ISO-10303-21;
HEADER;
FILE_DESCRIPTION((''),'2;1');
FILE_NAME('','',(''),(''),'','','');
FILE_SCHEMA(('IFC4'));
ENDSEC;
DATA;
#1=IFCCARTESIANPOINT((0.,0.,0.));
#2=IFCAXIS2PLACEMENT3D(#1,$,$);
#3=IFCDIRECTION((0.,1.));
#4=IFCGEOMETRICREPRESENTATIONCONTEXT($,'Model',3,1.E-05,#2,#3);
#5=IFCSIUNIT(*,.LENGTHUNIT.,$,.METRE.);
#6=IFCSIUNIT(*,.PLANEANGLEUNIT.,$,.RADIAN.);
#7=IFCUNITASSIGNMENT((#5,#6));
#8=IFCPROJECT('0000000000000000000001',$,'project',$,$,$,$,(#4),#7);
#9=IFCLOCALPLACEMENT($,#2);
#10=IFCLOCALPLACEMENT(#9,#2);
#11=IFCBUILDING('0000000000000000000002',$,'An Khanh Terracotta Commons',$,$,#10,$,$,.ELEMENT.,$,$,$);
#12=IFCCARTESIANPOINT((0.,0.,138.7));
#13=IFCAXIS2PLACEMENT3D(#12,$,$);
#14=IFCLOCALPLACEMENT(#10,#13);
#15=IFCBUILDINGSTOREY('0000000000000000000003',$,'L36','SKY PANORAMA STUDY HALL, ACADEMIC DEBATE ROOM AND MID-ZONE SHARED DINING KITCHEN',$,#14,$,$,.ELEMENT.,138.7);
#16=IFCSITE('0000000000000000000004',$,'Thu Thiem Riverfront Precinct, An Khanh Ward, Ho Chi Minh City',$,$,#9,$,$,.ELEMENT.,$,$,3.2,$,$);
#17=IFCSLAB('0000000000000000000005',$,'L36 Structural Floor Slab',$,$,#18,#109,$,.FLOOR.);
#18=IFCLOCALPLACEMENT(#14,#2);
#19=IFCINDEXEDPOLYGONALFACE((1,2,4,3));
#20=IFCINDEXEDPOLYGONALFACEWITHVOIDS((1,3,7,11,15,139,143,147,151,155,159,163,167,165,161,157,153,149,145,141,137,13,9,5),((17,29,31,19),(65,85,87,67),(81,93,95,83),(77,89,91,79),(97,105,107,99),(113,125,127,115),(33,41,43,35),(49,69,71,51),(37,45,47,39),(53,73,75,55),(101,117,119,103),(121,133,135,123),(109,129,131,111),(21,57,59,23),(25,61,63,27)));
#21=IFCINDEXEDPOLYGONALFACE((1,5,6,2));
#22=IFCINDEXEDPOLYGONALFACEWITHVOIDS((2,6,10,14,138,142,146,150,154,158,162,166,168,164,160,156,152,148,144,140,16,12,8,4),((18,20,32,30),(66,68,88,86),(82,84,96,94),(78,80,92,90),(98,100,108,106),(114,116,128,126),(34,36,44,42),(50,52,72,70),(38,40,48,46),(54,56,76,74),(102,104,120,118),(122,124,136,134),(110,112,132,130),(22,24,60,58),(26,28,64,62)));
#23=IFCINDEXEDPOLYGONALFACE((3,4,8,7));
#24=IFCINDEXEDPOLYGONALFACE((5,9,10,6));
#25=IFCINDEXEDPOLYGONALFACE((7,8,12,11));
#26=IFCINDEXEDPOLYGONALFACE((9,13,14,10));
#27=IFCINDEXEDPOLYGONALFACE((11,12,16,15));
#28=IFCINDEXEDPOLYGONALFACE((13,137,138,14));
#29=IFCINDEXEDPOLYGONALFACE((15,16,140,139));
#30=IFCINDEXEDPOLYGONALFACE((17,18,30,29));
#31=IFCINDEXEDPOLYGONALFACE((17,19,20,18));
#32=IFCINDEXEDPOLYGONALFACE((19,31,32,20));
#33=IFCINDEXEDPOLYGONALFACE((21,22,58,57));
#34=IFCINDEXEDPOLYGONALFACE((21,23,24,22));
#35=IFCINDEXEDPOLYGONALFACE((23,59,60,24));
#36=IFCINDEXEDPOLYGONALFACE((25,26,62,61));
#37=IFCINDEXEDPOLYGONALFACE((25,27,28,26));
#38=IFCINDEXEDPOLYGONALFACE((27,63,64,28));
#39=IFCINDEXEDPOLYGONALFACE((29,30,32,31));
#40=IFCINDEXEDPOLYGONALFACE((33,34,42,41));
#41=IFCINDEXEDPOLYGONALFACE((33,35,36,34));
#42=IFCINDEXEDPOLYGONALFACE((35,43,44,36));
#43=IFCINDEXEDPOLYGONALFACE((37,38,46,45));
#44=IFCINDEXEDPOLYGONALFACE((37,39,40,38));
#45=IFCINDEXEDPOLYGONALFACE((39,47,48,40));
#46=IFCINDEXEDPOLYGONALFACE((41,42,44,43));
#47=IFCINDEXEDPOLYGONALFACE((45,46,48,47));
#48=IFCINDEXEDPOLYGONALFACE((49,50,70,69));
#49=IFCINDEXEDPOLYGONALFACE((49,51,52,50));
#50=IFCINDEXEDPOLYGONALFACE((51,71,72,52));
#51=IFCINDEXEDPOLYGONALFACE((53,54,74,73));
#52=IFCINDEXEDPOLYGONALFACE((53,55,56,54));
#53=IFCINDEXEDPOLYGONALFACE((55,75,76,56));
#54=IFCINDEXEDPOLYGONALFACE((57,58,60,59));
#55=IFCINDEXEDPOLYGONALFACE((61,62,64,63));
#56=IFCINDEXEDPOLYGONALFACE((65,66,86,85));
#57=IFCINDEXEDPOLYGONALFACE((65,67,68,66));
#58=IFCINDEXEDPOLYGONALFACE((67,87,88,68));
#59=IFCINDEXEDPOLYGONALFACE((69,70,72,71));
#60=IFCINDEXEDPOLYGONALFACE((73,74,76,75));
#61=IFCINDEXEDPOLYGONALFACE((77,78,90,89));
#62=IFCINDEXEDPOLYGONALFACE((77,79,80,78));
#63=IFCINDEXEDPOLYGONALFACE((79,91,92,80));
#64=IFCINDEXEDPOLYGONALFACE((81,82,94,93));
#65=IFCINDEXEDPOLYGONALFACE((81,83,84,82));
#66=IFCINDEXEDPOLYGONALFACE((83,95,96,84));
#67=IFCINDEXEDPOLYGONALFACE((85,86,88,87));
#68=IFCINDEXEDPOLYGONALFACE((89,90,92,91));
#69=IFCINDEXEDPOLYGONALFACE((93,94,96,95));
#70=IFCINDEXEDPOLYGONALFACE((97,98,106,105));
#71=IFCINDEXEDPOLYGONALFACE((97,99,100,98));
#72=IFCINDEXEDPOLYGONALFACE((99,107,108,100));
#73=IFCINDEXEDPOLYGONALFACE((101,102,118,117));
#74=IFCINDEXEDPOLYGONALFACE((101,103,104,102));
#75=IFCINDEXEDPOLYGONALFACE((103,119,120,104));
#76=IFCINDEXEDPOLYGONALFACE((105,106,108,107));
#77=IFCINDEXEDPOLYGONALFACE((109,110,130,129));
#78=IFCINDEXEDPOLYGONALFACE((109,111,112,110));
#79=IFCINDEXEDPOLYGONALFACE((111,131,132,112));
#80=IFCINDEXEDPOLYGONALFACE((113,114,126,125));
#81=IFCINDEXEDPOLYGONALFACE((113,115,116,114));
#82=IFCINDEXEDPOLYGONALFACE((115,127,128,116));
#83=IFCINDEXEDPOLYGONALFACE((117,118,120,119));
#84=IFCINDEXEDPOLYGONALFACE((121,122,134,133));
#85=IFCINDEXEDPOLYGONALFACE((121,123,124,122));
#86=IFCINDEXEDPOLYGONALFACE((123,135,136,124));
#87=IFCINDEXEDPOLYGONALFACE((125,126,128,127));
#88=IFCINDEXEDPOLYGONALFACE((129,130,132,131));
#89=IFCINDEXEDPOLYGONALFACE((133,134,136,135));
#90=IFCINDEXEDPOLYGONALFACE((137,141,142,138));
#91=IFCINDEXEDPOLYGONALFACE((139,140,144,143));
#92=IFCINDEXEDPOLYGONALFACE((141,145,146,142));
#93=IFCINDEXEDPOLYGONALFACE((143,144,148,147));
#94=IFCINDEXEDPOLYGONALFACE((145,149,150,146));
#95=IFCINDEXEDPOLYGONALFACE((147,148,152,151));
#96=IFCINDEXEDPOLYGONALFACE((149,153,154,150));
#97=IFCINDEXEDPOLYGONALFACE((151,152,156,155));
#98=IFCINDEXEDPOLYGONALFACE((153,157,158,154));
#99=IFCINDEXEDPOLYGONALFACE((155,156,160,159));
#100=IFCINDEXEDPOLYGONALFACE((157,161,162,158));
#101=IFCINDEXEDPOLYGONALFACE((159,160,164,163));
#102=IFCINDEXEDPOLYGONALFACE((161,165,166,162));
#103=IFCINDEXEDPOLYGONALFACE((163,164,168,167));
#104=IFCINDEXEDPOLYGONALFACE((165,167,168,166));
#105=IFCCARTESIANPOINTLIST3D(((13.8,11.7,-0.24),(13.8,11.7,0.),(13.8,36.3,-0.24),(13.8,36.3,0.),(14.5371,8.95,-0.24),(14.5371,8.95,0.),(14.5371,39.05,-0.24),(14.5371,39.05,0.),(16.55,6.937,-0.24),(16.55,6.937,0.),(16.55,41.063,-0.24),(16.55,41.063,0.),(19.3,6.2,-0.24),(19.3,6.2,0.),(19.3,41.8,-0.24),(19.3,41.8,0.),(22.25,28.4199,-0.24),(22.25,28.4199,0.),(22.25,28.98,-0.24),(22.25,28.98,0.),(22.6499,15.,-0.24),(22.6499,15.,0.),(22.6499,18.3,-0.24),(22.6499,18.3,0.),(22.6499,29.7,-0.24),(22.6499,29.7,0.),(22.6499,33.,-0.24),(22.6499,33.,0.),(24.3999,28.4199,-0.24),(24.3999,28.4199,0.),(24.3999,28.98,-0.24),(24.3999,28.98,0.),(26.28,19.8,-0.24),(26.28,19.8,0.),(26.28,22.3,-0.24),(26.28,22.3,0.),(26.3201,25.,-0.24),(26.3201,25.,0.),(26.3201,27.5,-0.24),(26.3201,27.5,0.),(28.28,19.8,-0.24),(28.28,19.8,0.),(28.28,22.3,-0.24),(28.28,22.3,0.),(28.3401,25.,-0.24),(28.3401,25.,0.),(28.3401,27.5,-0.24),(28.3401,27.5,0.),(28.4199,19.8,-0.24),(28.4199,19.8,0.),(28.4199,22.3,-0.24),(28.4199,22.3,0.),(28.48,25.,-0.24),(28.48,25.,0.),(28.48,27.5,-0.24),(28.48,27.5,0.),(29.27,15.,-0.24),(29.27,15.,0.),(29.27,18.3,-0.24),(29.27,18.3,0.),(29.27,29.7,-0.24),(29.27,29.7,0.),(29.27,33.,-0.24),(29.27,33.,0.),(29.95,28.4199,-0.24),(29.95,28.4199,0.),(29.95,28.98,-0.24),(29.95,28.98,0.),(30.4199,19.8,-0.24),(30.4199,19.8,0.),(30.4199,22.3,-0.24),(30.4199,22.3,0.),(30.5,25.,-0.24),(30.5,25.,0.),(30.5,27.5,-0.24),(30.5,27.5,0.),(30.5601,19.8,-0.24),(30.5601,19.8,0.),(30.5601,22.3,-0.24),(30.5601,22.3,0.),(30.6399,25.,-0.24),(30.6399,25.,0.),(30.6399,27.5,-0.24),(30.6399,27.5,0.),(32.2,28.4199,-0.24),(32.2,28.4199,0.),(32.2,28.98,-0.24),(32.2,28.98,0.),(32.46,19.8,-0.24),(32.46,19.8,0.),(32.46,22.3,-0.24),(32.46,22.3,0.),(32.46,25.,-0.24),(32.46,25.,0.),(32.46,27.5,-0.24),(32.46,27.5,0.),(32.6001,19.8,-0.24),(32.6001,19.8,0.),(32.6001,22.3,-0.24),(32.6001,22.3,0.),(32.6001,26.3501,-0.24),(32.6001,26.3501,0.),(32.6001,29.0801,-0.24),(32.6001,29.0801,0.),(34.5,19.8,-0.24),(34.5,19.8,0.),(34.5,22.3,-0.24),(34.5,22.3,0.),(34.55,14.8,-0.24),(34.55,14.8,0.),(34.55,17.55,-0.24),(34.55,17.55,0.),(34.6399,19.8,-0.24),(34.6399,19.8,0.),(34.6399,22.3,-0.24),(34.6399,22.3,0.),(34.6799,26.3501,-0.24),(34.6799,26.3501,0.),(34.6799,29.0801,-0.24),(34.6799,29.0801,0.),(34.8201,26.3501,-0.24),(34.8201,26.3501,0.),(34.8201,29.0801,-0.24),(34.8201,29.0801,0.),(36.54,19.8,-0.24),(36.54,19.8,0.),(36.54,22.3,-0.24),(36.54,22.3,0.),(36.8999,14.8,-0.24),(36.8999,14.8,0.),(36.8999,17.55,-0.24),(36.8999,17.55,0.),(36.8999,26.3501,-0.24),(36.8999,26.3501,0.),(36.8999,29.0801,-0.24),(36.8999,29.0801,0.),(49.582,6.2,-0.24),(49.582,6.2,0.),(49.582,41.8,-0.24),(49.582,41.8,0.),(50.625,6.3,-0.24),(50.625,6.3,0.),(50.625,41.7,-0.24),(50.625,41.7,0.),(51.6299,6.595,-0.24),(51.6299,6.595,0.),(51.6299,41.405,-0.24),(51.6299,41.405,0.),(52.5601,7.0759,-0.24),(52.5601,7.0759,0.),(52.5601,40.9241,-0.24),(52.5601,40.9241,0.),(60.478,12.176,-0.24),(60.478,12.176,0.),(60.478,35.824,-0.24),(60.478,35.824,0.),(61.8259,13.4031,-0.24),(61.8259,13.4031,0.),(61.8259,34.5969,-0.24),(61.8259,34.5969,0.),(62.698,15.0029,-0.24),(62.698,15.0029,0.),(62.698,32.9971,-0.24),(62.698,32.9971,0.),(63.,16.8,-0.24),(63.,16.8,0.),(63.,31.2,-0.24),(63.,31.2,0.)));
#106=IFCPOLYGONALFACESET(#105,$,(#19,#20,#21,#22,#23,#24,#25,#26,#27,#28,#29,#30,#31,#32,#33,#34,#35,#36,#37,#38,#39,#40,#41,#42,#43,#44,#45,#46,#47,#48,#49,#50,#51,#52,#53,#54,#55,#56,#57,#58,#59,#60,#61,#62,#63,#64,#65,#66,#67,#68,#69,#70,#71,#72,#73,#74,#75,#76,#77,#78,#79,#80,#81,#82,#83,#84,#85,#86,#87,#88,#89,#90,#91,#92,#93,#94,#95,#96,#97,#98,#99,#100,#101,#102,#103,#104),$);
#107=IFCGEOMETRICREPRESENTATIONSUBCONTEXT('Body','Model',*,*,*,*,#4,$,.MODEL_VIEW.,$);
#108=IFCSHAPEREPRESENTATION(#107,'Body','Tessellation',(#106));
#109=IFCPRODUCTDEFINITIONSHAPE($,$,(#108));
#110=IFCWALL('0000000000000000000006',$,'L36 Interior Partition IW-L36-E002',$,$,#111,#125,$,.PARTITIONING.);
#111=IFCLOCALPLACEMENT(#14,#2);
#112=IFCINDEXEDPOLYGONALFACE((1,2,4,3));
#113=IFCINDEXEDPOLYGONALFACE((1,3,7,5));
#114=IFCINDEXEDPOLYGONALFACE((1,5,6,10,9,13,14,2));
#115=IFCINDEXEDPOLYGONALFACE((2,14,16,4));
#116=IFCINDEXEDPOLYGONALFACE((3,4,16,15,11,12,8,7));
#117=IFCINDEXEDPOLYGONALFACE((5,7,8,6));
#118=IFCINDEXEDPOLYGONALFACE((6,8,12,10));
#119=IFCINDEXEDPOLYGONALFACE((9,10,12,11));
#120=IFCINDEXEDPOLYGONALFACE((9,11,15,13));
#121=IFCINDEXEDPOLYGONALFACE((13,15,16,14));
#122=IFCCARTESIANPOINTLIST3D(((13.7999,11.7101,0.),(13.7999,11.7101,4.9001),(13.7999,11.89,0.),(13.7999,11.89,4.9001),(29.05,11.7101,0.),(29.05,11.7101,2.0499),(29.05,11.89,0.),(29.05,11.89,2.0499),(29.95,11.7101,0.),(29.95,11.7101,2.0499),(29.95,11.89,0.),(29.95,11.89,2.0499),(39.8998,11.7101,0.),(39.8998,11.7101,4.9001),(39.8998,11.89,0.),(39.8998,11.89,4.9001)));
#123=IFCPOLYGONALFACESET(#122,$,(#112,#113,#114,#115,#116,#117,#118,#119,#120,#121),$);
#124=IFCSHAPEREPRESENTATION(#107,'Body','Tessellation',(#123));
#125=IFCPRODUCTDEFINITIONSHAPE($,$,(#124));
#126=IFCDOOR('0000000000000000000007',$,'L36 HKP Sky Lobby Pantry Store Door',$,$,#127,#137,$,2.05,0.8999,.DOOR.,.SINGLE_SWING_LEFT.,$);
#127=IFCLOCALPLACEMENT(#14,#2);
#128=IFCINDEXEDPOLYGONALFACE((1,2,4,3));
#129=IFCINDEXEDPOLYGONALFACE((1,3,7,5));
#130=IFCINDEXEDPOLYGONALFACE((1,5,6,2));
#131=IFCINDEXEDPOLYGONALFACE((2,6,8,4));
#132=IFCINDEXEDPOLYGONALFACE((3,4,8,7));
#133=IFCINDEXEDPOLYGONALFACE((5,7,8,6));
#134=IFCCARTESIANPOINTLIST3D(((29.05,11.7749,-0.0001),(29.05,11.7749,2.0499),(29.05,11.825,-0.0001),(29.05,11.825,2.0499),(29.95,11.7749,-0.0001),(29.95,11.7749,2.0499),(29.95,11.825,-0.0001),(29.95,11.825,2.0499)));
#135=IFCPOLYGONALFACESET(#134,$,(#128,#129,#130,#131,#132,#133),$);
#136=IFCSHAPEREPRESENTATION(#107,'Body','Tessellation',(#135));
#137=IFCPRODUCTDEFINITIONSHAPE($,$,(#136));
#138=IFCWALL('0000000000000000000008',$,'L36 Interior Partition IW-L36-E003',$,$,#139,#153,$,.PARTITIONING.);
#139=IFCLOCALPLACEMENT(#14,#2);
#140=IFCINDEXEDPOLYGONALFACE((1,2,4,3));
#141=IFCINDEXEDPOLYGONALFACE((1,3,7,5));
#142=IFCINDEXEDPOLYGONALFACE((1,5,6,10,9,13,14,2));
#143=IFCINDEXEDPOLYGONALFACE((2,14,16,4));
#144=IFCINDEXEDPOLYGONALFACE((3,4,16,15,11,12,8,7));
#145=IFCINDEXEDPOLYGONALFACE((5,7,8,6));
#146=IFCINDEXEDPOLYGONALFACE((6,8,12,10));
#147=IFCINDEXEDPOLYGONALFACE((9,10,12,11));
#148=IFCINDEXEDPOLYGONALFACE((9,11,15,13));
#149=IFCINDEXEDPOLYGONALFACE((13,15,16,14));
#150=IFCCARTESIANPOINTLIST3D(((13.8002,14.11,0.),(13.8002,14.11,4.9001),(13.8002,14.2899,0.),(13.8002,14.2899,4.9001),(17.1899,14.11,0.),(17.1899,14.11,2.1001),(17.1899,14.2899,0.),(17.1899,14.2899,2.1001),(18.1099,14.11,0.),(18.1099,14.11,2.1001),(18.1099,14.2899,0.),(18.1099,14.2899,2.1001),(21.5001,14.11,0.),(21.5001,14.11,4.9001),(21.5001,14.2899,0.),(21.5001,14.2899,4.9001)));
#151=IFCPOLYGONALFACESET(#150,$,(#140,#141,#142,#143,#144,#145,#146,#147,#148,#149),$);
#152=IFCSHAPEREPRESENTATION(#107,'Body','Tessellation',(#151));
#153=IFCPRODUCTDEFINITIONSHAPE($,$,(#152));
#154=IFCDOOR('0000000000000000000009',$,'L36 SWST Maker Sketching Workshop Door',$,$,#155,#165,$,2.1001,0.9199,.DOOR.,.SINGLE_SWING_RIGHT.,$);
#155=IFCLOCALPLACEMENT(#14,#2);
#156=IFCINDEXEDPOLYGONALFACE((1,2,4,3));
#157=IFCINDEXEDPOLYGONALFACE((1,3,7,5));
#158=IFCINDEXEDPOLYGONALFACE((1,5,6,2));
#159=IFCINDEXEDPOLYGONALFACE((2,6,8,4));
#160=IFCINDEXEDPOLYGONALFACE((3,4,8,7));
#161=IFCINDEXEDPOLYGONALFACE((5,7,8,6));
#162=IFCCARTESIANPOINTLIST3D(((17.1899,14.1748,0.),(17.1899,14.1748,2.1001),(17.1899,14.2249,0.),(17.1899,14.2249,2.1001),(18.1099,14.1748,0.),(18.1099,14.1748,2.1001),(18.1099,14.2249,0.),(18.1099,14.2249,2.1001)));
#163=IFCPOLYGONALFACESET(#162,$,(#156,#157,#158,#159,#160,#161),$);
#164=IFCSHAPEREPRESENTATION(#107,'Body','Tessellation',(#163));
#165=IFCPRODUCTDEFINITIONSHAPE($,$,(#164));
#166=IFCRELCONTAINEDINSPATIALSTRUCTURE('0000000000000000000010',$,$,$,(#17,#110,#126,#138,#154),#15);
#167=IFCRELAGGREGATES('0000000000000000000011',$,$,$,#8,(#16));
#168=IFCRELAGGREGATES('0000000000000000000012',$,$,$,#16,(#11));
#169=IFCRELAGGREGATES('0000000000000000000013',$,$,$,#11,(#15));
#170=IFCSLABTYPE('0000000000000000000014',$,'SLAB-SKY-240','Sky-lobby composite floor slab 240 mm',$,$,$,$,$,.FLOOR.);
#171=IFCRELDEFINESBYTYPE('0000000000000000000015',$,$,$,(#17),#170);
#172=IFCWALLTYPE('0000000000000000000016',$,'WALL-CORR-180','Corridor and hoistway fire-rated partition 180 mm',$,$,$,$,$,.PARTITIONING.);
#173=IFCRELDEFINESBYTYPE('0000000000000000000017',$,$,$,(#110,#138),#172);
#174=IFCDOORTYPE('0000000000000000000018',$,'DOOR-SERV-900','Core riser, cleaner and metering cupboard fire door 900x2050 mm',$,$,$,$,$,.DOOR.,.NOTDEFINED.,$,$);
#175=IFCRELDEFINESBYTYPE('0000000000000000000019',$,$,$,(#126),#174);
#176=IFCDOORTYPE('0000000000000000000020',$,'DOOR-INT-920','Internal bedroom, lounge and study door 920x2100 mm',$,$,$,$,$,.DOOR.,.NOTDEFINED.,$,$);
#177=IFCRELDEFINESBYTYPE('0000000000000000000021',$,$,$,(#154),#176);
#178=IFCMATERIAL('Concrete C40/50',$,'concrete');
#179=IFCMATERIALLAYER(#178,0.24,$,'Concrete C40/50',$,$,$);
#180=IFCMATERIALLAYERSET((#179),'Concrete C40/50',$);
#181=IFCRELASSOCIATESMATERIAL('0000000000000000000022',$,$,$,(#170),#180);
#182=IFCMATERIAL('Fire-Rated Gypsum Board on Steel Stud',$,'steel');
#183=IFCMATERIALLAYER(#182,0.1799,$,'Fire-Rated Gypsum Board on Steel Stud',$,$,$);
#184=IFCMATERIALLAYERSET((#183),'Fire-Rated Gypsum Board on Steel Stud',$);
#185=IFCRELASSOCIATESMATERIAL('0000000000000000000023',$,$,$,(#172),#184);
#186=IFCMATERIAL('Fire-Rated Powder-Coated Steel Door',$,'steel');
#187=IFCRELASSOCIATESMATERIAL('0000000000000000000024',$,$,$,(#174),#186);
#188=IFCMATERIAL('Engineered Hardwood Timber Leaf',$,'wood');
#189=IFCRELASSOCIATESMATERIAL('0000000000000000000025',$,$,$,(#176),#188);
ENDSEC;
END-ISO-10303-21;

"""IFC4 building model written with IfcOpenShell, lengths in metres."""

from ifc_helpers import new_model, si_unit, direction, frame, frame_2d, origin, place, context, subcontext, project, spatial, polyline, rectangle, outline, extrude, material, layer, layer_set, type_object, element, fill, save


model = new_model("IFC4")

# Units and contexts
model_context = context("Model", 3, precision=1e-05, world=origin(), true_north=direction((0.0, 1.0)))
body_context = subcontext(model_context, "Body", "Model", "MODEL_VIEW")
ifc_project = project(units=[si_unit("LENGTHUNIT", "METRE"), si_unit("PLANEANGLEUNIT", "RADIAN")], contexts=[model_context])

# Site, building, storey
site_placement = place(None, origin())
site = spatial("IfcSite", under=ifc_project, at=site_placement, Name="Thu Thiem Riverfront Precinct, An Khanh Ward, Ho Chi Minh City", CompositionType="ELEMENT", RefElevation=3.2)
building_placement = place(site_placement, origin())
building = spatial("IfcBuilding", under=site, at=building_placement, Name="An Khanh Terracotta Commons", CompositionType="ELEMENT")
storey_placement = place(building_placement, frame((0.0, 0.0, 138.7)))
storey = spatial("IfcBuildingStorey", under=building, at=storey_placement, Name="L36", Description="SKY PANORAMA STUDY HALL, ACADEMIC DEBATE ROOM AND MID-ZONE SHARED DINING KITCHEN", CompositionType="ELEMENT", Elevation=138.7)

# Shared definitions
ifc_material_1 = material(Name="Concrete C40/50", Category="concrete")

# Slab
ifc_layer_1 = layer(ifc_material_1, 0.24, Name="Concrete C40/50")
ifc_layer_set_1 = layer_set([ifc_layer_1], Name="Concrete C40/50")
slab_type_1 = type_object("IfcSlabType", Name="SLAB-SKY-240", Description="Sky-lobby composite floor slab 240 mm", PredefinedType="FLOOR", material=ifc_layer_set_1)
slab_1_placement = place(storey_placement, frame((0.0, 0.0, -0.24)))
element("IfcSlab", 1, at=slab_1_placement, inside=storey, type_object=slab_type_1, Name="L36 Structural Floor Slab", PredefinedType="FLOOR", context=body_context, shape_type="SweptSolid", body=[
    extrude(outline(polyline([(13.8, 11.7), (14.5371, 8.95), (16.55, 6.937), (19.3, 6.2), (49.582, 6.2), (50.625, 6.3), (51.6299, 6.595), (52.5601, 7.0759), (60.478, 12.176), (61.8259, 13.4031), (62.698, 15.0029), (63.0, 16.8), (63.0, 31.2), (62.698, 32.9971), (61.8259, 34.5969), (60.478, 35.824), (52.5601, 40.9241), (51.6299, 41.405), (50.625, 41.7), (49.582, 41.8), (19.3, 41.8), (16.55, 41.063), (14.5371, 39.05), (13.8, 36.3), (13.8, 11.7)]), holes=[polyline([(22.6499, 29.7), (29.27, 29.7), (29.27, 33.0), (22.6499, 33.0), (22.6499, 29.7)]), polyline([(22.6499, 15.0), (29.27, 15.0), (29.27, 18.3), (22.6499, 18.3), (22.6499, 15.0)]), polyline([(32.6001, 26.3501), (34.6799, 26.3501), (34.6799, 29.0801), (32.6001, 29.0801), (32.6001, 26.3501)]), polyline([(34.8201, 26.3501), (36.8999, 26.3501), (36.8999, 29.0801), (34.8201, 29.0801), (34.8201, 26.3501)]), polyline([(34.55, 14.8), (36.8999, 14.8), (36.8999, 17.55), (34.55, 17.55), (34.55, 14.8)]), polyline([(26.3201, 25.0), (28.3401, 25.0), (28.3401, 27.5), (26.3201, 27.5), (26.3201, 25.0)]), polyline([(28.48, 25.0), (30.5, 25.0), (30.5, 27.5), (28.48, 27.5), (28.48, 25.0)]), polyline([(26.28, 19.8), (28.28, 19.8), (28.28, 22.3), (26.28, 22.3), (26.28, 19.8)]), polyline([(28.4199, 19.8), (30.4199, 19.8), (30.4199, 22.3), (28.4199, 22.3), (28.4199, 19.8)]), polyline([(30.6399, 25.0), (32.46, 25.0), (32.46, 27.5), (30.6399, 27.5), (30.6399, 25.0)]), polyline([(30.5601, 19.8), (32.46, 19.8), (32.46, 22.3), (30.5601, 22.3), (30.5601, 19.8)]), polyline([(32.6001, 19.8), (34.5, 19.8), (34.5, 22.3), (32.6001, 22.3), (32.6001, 19.8)]), polyline([(34.6399, 19.8), (36.54, 19.8), (36.54, 22.3), (34.6399, 22.3), (34.6399, 19.8)]), polyline([(22.25, 28.4199), (24.3999, 28.4199), (24.3999, 28.98), (22.25, 28.98), (22.25, 28.4199)]), polyline([(29.95, 28.4199), (32.2, 28.4199), (32.2, 28.98), (29.95, 28.98), (29.95, 28.4199)])]), origin(), (0.0, 0.0, 1.0), 0.24),
])

# Walls, openings, doors
ifc_material_2 = material(Name="Fire-Rated Gypsum Board on Steel Stud", Category="steel")
ifc_layer_2 = layer(ifc_material_2, 0.1799, Name="Fire-Rated Gypsum Board on Steel Stud")
ifc_layer_set_2 = layer_set([ifc_layer_2], Name="Fire-Rated Gypsum Board on Steel Stud")
wall_type_1 = type_object("IfcWallType", Name="WALL-CORR-180", Description="Corridor and hoistway fire-rated partition 180 mm", PredefinedType="PARTITIONING", material=ifc_layer_set_2)
wall_1_placement = place(storey_placement, frame((13.8, 11.8, 0.0), z_axis=(0.0, 0.0, 1.0), x_axis=(1.0, 0.0, 0.0)))
wall_1 = element("IfcWall", 2, at=wall_1_placement, inside=storey, type_object=wall_type_1, Name="L36 Interior Partition IW-L36-E002", PredefinedType="PARTITIONING", context=body_context, shape_type="SweptSolid", body=[
    extrude(rectangle(XDim=26.0999, YDim=0.1799, at=frame_2d((13.0498, 0.0))), origin(), (0.0, 0.0, 1.0), 4.9001),
])
opening_1_placement = place(wall_1_placement, frame((15.25, 0.0, 0.0)))
opening_1 = element("IfcOpeningElement", 3, at=opening_1_placement, cuts=wall_1, PredefinedType="OPENING", context=body_context, shape_type="SweptSolid", body=[
    extrude(rectangle(XDim=0.8999, YDim=2.05, at=frame_2d((0.45, 1.0249))), frame((0.0, 0.0999, 0.0), z_axis=(0.0, -1.0, 0.0), x_axis=(1.0, 0.0, 0.0)), (0.0, 0.0, 1.0), 0.2),
])
ifc_material_3 = material(Name="Fire-Rated Powder-Coated Steel Door", Category="steel")
door_type_1 = type_object("IfcDoorType", Name="DOOR-SERV-900", Description="Core riser, cleaner and metering cupboard fire door 900x2050 mm", OperationType="NOTDEFINED", PredefinedType="DOOR", material=ifc_material_3)
door_1_placement = place(opening_1_placement, origin())
door_1 = element("IfcDoor", 4, at=door_1_placement, inside=storey, type_object=door_type_1, Name="L36 HKP Sky Lobby Pantry Store Door", OperationType="SINGLE_SWING_LEFT", OverallHeight=2.05, OverallWidth=0.8999, PredefinedType="DOOR", context=body_context, shape_type="SweptSolid", body=[
    extrude(rectangle(XDim=0.8999, YDim=2.05, at=frame_2d((0.45, 1.0249))), frame((0.0, 0.0249, 0.0), z_axis=(0.0, -1.0, 0.0), x_axis=(1.0, 0.0, 0.0)), (0.0, 0.0, 1.0), 0.05),
])
fill(opening_1, door_1)
wall_2_placement = place(storey_placement, frame((13.8, 14.2, 0.0), z_axis=(0.0, 0.0, 1.0), x_axis=(1.0, 0.0, 0.0)))
wall_2 = element("IfcWall", 5, at=wall_2_placement, inside=storey, type_object=wall_type_1, Name="L36 Interior Partition IW-L36-E003", PredefinedType="PARTITIONING", context=body_context, shape_type="SweptSolid", body=[
    extrude(rectangle(XDim=7.7, YDim=0.1799, at=frame_2d((3.8501, 0.0))), origin(), (0.0, 0.0, 1.0), 4.9001),
])
opening_2_placement = place(wall_2_placement, frame((3.3899, 0.0, 0.0)))
opening_2 = element("IfcOpeningElement", 6, at=opening_2_placement, cuts=wall_2, PredefinedType="OPENING", context=body_context, shape_type="SweptSolid", body=[
    extrude(rectangle(XDim=0.9199, YDim=2.1001, at=frame_2d((0.46, 1.05))), frame((0.0, 0.0999, 0.0), z_axis=(0.0, -1.0, 0.0), x_axis=(1.0, 0.0, 0.0)), (0.0, 0.0, 1.0), 0.2),
])
ifc_material_4 = material(Name="Engineered Hardwood Timber Leaf", Category="wood")
door_type_2 = type_object("IfcDoorType", Name="DOOR-INT-920", Description="Internal bedroom, lounge and study door 920x2100 mm", OperationType="NOTDEFINED", PredefinedType="DOOR", material=ifc_material_4)
door_2_placement = place(opening_2_placement, origin())
door_2 = element("IfcDoor", 7, at=door_2_placement, inside=storey, type_object=door_type_2, Name="L36 SWST Maker Sketching Workshop Door", OperationType="SINGLE_SWING_RIGHT", OverallHeight=2.1001, OverallWidth=0.9199, PredefinedType="DOOR", context=body_context, shape_type="SweptSolid", body=[
    extrude(rectangle(XDim=0.9199, YDim=2.1001, at=frame_2d((0.46, 1.05))), frame((0.0, 0.0249, 0.0), z_axis=(0.0, -1.0, 0.0), x_axis=(1.0, 0.0, 0.0)), (0.0, 0.0, 1.0), 0.05),
])
fill(opening_2, door_2)

save(model, "model.ifc")
